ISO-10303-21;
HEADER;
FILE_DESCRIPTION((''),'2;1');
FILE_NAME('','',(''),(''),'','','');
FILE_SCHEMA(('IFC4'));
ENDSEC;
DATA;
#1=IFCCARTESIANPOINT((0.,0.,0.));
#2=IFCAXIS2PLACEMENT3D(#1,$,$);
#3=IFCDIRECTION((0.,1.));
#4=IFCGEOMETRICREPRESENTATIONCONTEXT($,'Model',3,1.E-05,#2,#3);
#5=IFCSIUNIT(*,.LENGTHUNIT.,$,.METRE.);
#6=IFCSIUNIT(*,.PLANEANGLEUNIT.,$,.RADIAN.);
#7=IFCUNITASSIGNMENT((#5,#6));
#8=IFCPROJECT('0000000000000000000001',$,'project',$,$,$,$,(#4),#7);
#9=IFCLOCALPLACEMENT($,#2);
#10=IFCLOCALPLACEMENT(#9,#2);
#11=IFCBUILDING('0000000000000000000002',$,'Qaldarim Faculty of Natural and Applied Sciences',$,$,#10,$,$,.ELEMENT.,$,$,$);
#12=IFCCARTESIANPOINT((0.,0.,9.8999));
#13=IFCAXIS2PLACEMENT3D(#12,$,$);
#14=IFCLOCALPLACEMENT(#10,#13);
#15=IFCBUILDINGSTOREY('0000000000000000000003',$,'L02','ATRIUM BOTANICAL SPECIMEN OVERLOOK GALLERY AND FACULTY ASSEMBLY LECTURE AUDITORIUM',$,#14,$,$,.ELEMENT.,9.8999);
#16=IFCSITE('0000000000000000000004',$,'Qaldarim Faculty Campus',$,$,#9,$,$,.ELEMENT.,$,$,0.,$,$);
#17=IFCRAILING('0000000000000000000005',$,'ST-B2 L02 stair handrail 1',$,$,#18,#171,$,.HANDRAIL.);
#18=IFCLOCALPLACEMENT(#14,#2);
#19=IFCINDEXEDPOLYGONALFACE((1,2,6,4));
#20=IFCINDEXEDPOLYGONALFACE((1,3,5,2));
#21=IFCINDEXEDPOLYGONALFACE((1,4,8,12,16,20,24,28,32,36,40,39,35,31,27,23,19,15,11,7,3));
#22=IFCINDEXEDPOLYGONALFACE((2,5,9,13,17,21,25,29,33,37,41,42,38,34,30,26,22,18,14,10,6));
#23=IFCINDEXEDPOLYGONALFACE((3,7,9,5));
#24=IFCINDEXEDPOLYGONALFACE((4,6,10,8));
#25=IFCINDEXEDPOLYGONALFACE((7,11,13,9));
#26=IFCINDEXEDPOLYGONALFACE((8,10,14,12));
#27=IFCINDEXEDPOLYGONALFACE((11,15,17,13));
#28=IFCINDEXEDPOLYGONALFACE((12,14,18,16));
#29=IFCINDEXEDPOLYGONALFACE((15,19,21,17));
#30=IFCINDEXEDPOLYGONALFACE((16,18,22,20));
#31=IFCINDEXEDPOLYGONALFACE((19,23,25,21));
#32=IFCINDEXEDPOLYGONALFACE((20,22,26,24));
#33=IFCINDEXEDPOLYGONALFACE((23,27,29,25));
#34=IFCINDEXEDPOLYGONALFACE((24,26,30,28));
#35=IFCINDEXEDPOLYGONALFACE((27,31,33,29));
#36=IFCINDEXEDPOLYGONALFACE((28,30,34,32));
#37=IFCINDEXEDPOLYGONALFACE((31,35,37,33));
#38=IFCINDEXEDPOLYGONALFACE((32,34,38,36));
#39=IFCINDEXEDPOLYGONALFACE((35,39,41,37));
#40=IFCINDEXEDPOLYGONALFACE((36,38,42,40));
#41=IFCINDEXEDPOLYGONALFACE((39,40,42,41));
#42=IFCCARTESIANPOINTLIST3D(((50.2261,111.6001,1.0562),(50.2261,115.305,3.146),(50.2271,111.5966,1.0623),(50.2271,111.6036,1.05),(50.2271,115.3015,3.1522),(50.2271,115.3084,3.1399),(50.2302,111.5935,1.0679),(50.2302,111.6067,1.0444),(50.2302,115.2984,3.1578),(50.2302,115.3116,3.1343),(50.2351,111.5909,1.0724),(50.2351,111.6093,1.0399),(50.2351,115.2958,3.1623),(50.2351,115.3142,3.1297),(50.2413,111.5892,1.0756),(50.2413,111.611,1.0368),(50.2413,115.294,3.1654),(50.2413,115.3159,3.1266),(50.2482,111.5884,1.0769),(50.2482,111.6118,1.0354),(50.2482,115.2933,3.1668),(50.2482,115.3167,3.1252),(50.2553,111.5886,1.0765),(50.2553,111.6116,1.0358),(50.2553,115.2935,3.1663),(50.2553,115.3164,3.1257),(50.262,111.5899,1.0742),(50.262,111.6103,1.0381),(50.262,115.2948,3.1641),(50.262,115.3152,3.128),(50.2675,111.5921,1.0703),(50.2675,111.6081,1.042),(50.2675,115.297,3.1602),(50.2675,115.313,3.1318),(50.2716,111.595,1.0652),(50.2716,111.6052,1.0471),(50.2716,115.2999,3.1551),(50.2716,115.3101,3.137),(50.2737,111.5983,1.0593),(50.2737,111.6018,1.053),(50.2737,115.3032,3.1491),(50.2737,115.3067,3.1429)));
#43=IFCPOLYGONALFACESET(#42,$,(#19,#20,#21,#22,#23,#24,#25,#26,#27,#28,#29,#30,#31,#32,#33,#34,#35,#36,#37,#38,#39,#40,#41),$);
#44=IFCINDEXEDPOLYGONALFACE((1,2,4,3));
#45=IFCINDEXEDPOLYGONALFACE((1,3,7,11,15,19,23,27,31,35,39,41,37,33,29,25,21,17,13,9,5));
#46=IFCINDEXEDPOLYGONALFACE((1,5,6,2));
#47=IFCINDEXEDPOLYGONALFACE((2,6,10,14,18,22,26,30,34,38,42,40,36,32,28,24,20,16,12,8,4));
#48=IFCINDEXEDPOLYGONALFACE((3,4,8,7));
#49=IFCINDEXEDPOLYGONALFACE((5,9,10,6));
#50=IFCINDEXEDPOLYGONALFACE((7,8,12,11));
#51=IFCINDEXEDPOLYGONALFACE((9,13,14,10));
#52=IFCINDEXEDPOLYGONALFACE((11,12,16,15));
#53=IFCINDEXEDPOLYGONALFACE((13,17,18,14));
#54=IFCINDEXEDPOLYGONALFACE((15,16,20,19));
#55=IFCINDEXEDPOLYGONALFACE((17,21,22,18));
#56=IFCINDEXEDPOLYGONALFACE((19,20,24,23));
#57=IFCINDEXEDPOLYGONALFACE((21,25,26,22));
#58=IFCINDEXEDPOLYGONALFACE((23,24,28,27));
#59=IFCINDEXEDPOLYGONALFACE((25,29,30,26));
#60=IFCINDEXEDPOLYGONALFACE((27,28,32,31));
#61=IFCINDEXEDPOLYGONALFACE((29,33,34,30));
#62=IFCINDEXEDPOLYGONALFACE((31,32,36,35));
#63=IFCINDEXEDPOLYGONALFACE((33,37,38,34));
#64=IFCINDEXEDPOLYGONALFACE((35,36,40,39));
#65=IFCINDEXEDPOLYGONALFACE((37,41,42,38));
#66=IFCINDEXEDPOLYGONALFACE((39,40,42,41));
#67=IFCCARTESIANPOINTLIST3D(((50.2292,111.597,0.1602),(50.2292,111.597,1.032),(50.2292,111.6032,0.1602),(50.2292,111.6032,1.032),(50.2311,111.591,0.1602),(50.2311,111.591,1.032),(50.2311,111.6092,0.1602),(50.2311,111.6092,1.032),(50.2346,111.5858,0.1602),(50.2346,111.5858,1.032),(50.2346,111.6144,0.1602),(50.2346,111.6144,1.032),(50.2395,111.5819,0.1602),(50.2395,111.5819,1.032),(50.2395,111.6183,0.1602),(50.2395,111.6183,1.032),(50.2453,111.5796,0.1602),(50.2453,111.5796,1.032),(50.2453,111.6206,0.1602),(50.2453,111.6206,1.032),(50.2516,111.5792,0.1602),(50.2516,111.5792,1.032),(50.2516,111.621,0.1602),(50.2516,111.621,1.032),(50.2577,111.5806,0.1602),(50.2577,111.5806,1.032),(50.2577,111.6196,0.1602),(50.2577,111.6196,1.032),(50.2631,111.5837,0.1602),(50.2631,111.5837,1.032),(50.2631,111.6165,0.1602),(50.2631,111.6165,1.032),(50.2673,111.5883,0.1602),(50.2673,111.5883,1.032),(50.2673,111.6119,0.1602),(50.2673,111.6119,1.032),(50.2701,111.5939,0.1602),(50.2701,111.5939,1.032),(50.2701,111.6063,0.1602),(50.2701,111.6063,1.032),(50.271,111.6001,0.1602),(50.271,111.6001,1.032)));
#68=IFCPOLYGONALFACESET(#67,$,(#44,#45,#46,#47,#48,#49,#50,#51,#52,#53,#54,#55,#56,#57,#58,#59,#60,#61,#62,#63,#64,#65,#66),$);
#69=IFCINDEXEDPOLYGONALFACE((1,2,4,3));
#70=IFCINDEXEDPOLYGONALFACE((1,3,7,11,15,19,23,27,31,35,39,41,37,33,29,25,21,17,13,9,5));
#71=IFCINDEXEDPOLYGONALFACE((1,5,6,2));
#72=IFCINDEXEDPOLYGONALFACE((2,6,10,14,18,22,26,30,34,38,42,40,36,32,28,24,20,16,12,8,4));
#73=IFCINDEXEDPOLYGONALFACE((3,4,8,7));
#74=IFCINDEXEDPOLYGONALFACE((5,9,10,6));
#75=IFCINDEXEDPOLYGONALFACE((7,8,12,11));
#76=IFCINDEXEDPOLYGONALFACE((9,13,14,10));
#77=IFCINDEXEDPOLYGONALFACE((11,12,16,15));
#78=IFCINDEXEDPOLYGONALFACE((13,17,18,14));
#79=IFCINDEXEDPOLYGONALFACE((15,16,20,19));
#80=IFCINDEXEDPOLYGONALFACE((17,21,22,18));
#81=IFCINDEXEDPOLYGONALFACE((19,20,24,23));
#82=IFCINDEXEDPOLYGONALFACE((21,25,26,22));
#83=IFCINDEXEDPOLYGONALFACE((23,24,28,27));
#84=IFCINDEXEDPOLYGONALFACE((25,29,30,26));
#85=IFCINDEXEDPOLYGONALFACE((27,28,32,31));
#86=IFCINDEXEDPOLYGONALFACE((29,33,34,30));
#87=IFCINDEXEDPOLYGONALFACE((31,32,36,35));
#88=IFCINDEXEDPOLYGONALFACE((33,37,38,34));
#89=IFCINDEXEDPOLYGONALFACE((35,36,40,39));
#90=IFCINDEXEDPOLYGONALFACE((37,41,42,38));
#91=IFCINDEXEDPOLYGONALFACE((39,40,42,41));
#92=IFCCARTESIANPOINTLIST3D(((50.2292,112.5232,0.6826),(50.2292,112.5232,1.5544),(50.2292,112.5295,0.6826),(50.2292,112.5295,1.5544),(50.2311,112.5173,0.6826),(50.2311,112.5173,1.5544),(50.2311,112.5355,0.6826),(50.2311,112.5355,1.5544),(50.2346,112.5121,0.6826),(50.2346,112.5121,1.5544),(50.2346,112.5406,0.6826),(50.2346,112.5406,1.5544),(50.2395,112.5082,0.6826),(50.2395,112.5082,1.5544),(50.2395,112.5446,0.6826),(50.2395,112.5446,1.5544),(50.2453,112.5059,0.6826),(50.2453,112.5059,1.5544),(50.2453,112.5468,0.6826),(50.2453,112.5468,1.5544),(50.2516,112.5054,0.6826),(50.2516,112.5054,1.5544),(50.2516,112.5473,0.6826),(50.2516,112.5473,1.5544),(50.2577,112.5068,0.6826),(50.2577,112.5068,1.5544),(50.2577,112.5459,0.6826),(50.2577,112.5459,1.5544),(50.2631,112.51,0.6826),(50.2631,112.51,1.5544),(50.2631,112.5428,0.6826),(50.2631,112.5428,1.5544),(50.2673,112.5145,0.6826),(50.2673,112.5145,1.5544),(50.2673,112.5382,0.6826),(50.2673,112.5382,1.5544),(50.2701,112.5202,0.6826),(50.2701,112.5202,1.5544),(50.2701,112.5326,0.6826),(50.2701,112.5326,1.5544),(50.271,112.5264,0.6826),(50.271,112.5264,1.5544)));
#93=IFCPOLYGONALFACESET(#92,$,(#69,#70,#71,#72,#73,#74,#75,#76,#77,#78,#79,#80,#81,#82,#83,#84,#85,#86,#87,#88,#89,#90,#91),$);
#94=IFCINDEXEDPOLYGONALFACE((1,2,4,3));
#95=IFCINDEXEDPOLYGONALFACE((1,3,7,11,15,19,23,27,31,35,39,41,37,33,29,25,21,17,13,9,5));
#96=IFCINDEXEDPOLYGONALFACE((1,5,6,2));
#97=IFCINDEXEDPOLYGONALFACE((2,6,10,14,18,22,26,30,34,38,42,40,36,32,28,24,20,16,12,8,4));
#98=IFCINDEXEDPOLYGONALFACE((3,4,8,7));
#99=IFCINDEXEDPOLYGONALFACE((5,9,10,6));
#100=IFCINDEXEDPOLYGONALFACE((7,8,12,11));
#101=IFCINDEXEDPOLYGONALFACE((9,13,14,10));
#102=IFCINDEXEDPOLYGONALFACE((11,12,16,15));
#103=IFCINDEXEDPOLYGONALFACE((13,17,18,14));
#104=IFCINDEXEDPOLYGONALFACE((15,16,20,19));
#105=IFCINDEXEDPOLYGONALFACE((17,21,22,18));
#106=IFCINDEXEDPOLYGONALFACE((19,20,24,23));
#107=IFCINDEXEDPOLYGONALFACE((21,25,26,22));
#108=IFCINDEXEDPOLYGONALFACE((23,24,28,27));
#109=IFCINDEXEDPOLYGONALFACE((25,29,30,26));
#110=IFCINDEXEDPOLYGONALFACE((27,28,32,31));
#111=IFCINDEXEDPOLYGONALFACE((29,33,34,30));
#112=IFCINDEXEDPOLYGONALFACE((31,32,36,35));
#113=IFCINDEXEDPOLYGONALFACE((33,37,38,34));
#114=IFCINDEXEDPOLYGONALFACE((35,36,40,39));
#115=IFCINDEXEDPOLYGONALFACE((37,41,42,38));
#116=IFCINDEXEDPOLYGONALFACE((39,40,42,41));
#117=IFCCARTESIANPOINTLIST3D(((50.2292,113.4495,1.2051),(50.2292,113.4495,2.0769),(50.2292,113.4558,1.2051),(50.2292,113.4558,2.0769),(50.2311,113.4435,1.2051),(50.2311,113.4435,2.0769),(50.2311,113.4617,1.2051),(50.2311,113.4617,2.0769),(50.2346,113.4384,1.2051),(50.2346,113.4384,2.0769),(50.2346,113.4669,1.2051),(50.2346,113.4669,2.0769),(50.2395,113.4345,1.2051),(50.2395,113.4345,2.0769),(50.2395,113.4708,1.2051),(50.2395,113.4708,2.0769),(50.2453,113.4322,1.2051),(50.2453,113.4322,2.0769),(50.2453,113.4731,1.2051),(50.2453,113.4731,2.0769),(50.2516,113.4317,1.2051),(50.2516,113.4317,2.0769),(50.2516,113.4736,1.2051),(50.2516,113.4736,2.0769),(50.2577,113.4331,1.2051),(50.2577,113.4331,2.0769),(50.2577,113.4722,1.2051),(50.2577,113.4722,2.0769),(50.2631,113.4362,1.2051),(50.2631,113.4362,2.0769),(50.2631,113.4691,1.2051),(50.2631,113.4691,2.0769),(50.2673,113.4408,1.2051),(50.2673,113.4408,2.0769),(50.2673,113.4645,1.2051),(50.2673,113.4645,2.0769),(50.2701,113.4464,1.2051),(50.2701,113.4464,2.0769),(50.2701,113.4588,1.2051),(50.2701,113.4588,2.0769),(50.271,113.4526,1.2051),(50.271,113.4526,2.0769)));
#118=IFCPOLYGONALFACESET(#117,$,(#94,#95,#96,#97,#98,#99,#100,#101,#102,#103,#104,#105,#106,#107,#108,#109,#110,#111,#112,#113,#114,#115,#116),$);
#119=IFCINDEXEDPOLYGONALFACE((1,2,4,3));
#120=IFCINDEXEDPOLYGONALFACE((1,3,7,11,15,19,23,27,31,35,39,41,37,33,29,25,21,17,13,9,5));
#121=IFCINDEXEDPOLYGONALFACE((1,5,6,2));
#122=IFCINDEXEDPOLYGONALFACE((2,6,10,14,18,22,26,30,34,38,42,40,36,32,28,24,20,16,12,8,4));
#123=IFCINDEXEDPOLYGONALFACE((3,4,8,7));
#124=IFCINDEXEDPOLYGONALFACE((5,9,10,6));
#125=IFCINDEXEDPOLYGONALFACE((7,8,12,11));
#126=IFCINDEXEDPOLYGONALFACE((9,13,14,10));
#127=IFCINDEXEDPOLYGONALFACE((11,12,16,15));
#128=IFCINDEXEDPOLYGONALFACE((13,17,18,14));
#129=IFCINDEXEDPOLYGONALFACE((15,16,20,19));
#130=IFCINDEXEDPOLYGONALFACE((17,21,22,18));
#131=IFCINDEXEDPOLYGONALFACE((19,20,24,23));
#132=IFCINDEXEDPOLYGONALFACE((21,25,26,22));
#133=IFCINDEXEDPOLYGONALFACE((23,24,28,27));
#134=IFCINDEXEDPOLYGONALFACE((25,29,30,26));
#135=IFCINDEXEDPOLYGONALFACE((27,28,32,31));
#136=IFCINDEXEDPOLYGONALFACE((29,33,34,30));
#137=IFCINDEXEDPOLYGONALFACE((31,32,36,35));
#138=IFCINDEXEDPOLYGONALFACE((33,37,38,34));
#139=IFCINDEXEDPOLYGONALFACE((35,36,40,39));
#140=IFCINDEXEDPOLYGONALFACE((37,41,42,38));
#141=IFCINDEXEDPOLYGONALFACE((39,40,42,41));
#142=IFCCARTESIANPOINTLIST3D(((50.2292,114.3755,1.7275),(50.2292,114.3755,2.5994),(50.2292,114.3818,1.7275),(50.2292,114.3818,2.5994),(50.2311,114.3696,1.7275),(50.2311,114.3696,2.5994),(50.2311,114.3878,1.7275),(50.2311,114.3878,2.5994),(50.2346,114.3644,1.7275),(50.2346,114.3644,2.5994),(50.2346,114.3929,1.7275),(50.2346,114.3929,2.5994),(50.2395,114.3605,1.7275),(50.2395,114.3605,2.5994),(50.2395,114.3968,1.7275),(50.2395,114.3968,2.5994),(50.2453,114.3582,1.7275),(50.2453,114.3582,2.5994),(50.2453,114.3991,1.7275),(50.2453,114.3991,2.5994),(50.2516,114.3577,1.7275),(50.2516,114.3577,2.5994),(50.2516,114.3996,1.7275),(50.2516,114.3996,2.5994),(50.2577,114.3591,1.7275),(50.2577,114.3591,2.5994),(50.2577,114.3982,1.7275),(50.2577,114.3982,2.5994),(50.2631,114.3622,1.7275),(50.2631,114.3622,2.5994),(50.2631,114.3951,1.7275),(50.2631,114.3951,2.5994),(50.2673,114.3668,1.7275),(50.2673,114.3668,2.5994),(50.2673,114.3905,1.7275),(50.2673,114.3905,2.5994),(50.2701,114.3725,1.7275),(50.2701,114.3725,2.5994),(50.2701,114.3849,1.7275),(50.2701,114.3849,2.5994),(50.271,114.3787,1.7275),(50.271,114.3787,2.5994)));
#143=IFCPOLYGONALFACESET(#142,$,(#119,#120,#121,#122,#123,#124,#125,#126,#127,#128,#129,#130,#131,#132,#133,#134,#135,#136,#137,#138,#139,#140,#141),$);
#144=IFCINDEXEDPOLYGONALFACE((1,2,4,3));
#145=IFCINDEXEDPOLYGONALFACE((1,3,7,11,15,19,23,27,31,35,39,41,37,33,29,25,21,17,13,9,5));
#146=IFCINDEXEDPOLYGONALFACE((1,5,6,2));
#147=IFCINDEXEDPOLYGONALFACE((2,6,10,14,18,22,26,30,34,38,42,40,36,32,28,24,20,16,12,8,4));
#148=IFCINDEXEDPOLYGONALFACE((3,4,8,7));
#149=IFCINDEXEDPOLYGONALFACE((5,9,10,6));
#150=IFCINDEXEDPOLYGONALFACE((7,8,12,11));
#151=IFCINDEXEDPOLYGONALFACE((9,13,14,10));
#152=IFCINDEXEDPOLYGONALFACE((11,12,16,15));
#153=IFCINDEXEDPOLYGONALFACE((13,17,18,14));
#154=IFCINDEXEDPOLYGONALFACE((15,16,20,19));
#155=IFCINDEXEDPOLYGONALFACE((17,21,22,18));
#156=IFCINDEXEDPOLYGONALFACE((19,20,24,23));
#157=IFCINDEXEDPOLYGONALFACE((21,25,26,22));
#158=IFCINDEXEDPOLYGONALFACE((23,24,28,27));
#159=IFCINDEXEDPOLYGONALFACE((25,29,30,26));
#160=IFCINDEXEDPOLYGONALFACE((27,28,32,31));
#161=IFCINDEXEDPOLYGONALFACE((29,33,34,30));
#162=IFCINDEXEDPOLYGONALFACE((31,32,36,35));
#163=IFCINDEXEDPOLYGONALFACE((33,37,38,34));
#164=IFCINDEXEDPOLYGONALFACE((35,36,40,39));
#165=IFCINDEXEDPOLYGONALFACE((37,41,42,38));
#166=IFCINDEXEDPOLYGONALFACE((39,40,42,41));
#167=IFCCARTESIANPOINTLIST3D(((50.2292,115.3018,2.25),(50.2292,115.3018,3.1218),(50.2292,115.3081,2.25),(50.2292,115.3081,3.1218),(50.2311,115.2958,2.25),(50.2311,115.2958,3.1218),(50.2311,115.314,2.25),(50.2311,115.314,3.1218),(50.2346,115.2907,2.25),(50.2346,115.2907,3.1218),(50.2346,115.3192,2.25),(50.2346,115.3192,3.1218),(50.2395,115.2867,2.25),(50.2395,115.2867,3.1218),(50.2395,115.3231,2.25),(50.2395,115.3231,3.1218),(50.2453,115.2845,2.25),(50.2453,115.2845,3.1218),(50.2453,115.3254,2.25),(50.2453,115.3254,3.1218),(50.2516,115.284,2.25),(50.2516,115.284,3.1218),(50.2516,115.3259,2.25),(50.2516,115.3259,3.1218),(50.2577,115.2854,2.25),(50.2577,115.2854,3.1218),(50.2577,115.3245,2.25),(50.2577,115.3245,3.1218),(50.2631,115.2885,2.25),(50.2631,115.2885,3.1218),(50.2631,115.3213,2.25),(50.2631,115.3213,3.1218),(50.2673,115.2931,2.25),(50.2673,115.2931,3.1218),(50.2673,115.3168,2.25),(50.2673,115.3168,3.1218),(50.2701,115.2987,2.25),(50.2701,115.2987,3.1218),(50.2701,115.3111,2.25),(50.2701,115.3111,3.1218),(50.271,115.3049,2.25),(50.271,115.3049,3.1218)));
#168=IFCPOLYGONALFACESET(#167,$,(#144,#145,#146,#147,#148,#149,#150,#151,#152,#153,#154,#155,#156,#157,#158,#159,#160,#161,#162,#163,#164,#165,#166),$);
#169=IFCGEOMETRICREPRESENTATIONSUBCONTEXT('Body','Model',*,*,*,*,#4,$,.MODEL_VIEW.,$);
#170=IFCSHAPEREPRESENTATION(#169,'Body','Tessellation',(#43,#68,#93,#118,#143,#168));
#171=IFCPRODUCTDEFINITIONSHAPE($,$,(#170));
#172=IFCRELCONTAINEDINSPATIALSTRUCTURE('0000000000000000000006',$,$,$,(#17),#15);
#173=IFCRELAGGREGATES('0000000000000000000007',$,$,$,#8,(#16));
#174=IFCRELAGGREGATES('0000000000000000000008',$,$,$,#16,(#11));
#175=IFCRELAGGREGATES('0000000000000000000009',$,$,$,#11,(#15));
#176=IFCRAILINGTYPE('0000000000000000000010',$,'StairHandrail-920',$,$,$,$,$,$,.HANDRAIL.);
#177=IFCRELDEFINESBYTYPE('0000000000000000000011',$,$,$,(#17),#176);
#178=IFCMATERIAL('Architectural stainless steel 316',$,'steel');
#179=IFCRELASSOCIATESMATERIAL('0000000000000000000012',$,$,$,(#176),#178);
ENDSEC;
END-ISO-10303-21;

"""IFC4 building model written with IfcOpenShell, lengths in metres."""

from ifc_helpers import new_model, si_unit, direction, frame, origin, origin_2d, place, context, subcontext, project, spatial, circle, extrude, material, type_object, element, save


model = new_model("IFC4")

# Units and contexts
model_context = context("Model", 3, precision=1e-05, world=origin(), true_north=direction((0.0, 1.0)))
body_context = subcontext(model_context, "Body", "Model", "MODEL_VIEW")
ifc_project = project(units=[si_unit("LENGTHUNIT", "METRE"), si_unit("PLANEANGLEUNIT", "RADIAN")], contexts=[model_context])

# Site, building, storey
site_placement = place(None, origin())
site = spatial("IfcSite", under=ifc_project, at=site_placement, Name="Qaldarim Faculty Campus", CompositionType="ELEMENT", RefElevation=0.0)
building_placement = place(site_placement, origin())
building = spatial("IfcBuilding", under=site, at=building_placement, Name="Qaldarim Faculty of Natural and Applied Sciences", CompositionType="ELEMENT")
storey_placement = place(building_placement, frame((0.0, 0.0, 9.8999)))
storey = spatial("IfcBuildingStorey", under=building, at=storey_placement, Name="L02", Description="ATRIUM BOTANICAL SPECIMEN OVERLOOK GALLERY AND FACULTY ASSEMBLY LECTURE AUDITORIUM", CompositionType="ELEMENT", Elevation=9.8999)

# Shared definitions
ifc_material_1 = material(Name="Architectural stainless steel 316", Category="steel")

# Railing
railing_type_1 = type_object("IfcRailingType", Name="StairHandrail-920", PredefinedType="HANDRAIL", material=ifc_material_1)
railing_1_placement = place(storey_placement, frame((50.25, 111.6001, 0.1602)))
element("IfcRailing", 1, at=railing_1_placement, inside=storey, type_object=railing_type_1, Name="ST-B2 L02 stair handrail 1", PredefinedType="HANDRAIL", context=body_context, shape_type="SweptSolid", body=[
    extrude(circle(Radius=0.0239, at=origin_2d()), frame((0.0, 0.0, 0.896), z_axis=(0.0, 0.870985, 0.49131), x_axis=(-1.0, 0.0, 0.0)), (0.0, 0.0, 1.0), 4.2537),
    extrude(circle(Radius=0.021, at=origin_2d()), origin(), (0.0, 0.0, 1.0), 0.8718),
    extrude(circle(Radius=0.021, at=origin_2d()), frame((0.0, 0.9263, 0.5225)), (0.0, 0.0, 1.0), 0.8718),
    extrude(circle(Radius=0.021, at=origin_2d()), frame((0.0, 1.8525, 1.0449)), (0.0, 0.0, 1.0), 0.8718),
    extrude(circle(Radius=0.021, at=origin_2d()), frame((0.0, 2.7786, 1.5674)), (0.0, 0.0, 1.0), 0.8718),
    extrude(circle(Radius=0.021, at=origin_2d()), frame((0.0, 3.7048, 2.0898)), (0.0, 0.0, 1.0), 0.8718),
])

save(model, "model.ifc")
